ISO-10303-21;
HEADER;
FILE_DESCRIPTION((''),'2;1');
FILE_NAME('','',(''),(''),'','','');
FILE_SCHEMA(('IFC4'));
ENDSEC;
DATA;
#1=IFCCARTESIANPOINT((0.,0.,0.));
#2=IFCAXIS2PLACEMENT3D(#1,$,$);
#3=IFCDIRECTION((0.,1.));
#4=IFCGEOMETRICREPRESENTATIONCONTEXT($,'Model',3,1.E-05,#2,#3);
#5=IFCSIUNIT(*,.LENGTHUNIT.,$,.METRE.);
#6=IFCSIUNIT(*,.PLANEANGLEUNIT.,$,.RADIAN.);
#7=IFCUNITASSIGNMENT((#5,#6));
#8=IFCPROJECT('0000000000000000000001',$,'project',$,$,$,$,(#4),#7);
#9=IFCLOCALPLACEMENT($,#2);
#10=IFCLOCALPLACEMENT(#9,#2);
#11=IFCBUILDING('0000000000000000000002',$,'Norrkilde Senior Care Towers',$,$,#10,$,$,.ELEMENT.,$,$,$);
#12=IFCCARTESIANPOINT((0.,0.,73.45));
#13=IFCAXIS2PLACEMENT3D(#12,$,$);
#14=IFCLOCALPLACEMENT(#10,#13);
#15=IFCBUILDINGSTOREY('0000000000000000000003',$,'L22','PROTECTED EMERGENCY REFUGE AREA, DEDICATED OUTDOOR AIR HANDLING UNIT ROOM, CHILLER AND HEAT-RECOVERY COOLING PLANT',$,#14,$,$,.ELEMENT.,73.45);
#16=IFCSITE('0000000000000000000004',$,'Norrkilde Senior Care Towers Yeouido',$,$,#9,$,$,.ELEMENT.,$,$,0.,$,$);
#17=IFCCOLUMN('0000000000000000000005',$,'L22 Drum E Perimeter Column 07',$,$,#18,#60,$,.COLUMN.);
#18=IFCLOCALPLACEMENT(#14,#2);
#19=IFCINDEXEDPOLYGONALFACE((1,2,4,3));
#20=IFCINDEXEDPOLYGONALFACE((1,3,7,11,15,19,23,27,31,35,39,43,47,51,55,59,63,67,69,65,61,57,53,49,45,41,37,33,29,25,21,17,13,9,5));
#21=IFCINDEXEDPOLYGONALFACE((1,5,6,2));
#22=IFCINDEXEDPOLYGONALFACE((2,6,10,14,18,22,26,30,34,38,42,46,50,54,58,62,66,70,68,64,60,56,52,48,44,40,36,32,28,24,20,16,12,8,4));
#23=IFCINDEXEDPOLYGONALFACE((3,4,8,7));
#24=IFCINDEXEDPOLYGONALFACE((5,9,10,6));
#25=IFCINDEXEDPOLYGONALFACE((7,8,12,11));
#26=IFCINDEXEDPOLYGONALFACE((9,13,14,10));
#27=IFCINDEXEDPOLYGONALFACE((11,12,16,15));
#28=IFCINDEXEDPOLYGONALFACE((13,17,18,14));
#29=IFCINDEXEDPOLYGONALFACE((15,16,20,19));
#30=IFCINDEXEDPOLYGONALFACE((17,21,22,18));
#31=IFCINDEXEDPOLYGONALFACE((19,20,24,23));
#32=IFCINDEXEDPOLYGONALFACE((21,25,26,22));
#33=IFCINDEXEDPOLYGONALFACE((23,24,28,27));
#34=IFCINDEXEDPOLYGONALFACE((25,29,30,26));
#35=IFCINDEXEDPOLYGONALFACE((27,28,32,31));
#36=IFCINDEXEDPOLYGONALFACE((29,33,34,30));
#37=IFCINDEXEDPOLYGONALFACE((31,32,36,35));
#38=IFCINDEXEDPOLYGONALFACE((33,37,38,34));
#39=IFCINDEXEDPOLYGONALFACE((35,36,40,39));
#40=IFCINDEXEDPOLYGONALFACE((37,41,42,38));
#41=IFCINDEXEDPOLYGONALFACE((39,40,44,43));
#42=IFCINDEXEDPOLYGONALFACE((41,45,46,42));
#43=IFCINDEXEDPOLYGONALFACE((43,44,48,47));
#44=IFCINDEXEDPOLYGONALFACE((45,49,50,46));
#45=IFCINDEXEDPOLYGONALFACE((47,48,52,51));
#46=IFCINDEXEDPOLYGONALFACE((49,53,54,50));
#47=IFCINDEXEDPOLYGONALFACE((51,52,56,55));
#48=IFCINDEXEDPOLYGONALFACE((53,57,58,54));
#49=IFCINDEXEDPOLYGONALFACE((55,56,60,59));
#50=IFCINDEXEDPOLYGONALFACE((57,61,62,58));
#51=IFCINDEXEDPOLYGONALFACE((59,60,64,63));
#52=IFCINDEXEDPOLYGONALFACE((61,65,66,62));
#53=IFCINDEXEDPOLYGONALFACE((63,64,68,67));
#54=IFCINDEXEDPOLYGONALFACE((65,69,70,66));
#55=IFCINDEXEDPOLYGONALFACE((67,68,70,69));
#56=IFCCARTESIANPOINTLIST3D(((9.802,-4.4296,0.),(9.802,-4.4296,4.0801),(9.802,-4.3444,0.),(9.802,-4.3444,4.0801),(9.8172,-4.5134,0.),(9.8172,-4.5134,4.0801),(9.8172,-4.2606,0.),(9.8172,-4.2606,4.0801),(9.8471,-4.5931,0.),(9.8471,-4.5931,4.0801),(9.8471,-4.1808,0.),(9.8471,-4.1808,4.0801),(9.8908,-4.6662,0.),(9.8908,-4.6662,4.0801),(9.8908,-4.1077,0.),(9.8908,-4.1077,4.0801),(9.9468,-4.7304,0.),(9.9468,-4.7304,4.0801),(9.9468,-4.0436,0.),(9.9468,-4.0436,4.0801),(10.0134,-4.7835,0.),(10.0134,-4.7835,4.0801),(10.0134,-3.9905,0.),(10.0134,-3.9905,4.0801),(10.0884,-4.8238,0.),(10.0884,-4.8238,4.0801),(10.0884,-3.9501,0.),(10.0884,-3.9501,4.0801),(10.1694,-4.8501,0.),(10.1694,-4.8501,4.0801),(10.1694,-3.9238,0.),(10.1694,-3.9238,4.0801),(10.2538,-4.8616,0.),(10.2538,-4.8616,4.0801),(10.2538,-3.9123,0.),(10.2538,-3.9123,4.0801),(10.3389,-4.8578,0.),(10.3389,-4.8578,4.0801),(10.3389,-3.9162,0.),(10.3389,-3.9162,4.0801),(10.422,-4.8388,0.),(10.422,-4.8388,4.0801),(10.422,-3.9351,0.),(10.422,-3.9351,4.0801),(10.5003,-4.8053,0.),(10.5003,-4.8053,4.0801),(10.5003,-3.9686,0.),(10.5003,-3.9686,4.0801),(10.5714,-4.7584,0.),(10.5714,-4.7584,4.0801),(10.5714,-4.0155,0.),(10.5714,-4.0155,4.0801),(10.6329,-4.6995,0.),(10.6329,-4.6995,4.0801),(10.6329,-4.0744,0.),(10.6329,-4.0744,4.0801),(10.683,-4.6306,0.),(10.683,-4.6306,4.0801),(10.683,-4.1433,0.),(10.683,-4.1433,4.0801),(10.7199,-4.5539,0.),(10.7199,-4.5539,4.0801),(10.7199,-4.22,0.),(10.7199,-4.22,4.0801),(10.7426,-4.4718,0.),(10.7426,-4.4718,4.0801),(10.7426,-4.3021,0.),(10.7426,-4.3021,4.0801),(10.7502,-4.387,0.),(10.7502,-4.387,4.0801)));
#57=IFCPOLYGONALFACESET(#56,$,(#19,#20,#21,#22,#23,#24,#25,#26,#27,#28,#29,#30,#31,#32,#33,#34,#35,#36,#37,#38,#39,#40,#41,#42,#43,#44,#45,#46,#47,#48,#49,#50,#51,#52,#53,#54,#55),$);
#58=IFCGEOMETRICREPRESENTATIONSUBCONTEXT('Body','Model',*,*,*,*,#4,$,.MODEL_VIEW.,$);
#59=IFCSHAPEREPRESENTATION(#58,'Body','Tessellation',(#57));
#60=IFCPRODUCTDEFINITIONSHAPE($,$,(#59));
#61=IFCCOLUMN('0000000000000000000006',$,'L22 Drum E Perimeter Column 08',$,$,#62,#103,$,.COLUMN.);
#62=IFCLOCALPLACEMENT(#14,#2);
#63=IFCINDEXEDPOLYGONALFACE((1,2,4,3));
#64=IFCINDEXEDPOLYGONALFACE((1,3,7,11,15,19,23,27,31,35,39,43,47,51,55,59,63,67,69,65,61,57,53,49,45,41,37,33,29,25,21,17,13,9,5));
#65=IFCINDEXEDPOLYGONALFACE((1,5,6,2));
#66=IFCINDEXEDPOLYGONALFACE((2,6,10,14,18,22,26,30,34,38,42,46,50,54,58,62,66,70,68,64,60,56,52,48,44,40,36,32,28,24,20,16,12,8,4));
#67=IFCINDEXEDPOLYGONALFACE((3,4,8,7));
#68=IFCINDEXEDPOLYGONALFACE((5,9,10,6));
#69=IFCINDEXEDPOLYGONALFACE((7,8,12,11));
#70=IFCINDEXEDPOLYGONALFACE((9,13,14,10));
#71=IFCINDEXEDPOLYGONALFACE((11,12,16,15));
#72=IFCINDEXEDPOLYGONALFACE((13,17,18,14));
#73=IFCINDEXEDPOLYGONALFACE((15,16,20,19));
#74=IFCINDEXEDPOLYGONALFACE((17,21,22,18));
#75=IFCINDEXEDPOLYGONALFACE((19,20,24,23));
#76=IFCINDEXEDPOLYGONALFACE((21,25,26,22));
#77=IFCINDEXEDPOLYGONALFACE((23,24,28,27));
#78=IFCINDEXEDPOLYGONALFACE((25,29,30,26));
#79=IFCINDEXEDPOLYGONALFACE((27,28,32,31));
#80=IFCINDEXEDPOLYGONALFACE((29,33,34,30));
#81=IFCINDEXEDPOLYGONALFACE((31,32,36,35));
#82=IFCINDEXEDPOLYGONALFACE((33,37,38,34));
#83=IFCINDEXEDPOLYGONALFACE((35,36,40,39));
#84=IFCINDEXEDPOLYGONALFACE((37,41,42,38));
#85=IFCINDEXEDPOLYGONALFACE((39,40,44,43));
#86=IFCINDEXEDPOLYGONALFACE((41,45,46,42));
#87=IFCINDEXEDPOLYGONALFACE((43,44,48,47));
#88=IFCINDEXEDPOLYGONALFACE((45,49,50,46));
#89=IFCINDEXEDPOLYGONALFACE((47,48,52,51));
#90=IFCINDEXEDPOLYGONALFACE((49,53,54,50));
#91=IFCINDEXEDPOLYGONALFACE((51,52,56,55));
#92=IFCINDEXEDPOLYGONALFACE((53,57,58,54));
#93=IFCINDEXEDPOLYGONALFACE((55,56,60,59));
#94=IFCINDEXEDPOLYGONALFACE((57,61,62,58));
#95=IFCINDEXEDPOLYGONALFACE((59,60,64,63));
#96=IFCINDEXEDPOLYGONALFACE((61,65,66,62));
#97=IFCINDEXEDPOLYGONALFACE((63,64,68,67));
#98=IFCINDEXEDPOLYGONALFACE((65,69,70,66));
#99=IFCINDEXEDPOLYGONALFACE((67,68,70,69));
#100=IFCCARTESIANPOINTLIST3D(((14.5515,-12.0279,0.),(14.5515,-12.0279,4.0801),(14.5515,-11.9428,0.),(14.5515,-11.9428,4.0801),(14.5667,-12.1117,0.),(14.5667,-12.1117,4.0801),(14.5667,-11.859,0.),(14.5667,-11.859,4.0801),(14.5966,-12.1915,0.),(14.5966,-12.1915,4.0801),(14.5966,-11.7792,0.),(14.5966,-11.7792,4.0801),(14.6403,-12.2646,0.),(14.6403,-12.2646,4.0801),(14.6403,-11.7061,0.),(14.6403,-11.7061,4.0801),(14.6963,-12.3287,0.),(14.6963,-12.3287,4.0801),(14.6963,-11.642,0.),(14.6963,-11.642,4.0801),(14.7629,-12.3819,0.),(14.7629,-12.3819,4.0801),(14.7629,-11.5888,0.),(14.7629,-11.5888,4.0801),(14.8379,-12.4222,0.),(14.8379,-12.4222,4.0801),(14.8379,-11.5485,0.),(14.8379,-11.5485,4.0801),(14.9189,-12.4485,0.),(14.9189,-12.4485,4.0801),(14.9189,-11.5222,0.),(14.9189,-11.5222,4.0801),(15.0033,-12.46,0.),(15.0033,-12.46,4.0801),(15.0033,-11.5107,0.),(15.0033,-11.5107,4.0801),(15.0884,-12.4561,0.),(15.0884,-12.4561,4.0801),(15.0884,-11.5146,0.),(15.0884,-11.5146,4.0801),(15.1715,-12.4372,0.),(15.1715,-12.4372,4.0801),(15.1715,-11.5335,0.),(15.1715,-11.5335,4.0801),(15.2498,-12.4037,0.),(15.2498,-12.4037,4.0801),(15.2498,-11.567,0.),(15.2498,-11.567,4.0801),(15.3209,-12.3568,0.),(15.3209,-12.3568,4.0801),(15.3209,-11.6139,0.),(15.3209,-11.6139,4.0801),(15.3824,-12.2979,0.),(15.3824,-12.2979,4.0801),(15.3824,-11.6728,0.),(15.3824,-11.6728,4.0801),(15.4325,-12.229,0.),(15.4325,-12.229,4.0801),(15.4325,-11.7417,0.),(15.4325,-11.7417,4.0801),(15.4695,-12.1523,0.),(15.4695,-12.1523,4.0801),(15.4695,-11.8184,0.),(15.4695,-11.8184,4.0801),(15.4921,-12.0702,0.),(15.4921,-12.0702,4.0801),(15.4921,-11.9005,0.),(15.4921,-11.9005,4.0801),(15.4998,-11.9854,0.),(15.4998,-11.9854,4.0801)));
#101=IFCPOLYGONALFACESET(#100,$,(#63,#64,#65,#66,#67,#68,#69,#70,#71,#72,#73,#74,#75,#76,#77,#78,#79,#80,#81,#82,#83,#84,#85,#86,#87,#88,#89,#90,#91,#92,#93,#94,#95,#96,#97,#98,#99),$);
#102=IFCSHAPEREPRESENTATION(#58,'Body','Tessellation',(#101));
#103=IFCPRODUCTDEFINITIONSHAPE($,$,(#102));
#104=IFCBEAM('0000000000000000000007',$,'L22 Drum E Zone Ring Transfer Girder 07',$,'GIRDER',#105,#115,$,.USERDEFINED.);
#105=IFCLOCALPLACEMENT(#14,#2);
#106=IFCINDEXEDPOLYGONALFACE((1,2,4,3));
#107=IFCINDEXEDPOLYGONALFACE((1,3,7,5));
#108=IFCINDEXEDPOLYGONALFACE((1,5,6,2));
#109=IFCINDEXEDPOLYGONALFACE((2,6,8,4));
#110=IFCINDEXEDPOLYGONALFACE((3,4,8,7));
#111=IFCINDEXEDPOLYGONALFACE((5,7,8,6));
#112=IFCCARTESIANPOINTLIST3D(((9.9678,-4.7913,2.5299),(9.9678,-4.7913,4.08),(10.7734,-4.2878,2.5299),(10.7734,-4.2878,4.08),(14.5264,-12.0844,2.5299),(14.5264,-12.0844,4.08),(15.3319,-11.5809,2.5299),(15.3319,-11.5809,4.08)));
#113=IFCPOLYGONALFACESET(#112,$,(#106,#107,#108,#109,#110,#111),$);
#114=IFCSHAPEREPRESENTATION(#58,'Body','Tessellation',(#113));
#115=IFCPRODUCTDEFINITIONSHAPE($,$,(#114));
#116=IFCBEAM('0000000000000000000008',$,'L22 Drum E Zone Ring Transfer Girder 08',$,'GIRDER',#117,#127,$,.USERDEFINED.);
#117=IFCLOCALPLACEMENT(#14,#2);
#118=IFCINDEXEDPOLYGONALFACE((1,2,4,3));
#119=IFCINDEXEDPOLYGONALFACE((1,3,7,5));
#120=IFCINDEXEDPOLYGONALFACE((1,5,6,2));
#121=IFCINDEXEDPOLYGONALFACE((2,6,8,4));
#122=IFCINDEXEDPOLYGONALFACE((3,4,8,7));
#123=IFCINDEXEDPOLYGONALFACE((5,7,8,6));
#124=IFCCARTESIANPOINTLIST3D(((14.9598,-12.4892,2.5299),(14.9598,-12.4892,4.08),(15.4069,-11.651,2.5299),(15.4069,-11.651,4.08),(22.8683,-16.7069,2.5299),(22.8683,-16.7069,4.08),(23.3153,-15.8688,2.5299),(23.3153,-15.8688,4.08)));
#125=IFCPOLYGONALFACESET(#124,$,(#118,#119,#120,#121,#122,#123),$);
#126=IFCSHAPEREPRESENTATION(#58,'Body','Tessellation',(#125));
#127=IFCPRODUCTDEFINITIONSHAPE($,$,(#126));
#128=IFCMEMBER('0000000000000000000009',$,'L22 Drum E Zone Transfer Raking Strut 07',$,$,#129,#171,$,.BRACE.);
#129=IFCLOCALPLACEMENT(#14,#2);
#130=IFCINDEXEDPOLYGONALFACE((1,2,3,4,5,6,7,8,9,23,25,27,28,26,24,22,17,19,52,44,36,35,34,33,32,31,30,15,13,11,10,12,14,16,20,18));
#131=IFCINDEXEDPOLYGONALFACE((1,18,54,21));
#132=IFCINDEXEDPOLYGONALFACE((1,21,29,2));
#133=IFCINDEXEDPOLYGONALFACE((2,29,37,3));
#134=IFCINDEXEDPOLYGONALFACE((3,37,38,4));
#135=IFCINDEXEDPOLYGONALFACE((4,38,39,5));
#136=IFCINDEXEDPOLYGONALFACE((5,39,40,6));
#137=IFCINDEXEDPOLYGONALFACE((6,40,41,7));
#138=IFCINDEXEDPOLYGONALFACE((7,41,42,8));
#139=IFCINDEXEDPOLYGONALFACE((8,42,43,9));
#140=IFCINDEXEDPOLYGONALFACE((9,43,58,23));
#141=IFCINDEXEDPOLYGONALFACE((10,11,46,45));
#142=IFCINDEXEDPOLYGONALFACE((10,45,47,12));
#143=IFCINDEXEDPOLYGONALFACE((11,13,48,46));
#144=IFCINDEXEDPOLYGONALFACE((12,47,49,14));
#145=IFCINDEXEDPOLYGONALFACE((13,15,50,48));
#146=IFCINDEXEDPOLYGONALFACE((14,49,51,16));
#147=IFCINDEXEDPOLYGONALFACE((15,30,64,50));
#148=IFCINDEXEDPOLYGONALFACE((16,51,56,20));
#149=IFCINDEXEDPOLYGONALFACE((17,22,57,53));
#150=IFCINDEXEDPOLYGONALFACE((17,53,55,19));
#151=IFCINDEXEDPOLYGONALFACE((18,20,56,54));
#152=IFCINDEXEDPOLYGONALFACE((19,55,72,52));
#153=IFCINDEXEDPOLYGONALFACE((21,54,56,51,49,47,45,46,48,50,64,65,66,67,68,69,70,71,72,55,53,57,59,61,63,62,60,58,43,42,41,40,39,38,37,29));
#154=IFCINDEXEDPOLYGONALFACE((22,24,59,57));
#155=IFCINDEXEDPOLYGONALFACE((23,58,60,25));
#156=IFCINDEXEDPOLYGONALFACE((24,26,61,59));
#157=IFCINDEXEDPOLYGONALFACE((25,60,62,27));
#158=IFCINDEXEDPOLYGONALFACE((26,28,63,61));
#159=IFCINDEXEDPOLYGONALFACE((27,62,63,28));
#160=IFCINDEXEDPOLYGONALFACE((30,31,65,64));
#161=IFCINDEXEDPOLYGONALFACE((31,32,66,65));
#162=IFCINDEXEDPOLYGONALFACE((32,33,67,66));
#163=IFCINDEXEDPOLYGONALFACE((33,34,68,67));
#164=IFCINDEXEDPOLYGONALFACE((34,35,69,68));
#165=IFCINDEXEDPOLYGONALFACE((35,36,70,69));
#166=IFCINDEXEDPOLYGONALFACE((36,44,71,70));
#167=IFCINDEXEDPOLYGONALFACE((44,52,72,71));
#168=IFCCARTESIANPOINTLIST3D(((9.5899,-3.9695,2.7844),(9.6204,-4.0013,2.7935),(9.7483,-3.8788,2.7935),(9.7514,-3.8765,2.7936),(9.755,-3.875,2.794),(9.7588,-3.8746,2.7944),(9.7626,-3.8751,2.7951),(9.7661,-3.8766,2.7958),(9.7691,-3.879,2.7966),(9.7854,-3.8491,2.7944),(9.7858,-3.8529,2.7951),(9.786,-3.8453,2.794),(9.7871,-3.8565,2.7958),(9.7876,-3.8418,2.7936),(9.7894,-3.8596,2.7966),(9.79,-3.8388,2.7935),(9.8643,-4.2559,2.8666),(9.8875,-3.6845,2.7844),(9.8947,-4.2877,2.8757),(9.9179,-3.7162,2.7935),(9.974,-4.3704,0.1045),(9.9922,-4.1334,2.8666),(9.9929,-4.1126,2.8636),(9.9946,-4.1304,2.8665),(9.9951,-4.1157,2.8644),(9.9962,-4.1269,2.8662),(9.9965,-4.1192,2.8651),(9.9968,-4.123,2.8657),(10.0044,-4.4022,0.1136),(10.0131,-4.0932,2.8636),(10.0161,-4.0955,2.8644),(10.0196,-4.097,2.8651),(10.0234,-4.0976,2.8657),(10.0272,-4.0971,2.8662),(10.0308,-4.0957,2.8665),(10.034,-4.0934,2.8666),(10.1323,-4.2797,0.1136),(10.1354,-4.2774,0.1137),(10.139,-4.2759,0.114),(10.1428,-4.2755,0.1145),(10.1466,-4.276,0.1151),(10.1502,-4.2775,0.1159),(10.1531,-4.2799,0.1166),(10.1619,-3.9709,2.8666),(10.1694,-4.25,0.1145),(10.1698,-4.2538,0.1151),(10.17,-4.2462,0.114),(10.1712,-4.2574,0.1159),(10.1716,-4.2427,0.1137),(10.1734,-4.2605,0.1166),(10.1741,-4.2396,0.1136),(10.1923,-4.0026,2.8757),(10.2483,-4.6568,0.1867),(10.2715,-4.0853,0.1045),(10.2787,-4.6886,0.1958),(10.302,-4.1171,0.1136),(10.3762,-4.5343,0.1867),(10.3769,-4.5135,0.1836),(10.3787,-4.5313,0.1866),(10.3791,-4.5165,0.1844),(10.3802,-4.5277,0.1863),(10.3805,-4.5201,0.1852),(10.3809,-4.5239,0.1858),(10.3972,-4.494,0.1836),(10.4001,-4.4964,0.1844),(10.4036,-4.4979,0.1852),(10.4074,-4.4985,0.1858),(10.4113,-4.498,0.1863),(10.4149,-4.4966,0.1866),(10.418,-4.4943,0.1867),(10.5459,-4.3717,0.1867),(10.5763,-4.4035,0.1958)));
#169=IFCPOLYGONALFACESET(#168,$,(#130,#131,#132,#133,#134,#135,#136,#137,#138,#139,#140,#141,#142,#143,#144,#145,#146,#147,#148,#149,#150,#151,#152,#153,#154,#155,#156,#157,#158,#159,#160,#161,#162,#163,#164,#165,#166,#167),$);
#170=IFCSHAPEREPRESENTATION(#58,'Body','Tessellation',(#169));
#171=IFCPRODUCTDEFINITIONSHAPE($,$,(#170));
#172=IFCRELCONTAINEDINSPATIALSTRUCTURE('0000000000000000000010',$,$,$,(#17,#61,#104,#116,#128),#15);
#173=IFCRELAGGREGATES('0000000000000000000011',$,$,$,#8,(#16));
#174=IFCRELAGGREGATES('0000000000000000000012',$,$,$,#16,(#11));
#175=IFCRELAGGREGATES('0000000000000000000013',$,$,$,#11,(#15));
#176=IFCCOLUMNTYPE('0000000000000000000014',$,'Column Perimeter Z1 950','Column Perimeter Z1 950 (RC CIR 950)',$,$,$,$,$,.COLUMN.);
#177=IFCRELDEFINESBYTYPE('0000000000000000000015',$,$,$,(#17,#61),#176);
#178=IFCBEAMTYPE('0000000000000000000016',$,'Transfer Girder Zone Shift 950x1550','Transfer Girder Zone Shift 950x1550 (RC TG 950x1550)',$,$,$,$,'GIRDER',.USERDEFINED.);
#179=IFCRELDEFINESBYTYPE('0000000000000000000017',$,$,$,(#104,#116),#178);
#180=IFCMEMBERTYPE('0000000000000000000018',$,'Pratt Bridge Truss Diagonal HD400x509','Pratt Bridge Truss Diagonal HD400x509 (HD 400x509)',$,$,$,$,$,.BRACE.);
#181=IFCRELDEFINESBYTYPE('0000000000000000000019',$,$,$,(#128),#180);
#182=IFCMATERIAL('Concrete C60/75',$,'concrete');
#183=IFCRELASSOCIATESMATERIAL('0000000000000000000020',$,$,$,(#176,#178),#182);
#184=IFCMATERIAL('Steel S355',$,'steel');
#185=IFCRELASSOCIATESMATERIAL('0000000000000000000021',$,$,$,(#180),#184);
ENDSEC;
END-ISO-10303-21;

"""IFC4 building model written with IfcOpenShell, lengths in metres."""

from ifc_helpers import new_model, si_unit, direction, frame, origin, origin_2d, place, context, subcontext, project, spatial, rectangle, circle, i_section, extrude, source, transform, mapped, material, material_profile, profile_set, type_object, type_shapes, element, save


model = new_model("IFC4")

# Units and contexts
model_context = context("Model", 3, precision=1e-05, world=origin(), true_north=direction((0.0, 1.0)))
body_context = subcontext(model_context, "Body", "Model", "MODEL_VIEW")
ifc_project = project(units=[si_unit("LENGTHUNIT", "METRE"), si_unit("PLANEANGLEUNIT", "RADIAN")], contexts=[model_context])

# Site, building, storey
site_placement = place(None, origin())
site = spatial("IfcSite", under=ifc_project, at=site_placement, Name="Norrkilde Senior Care Towers Yeouido", CompositionType="ELEMENT", RefElevation=0.0)
building_placement = place(site_placement, origin())
building = spatial("IfcBuilding", under=site, at=building_placement, Name="Norrkilde Senior Care Towers", CompositionType="ELEMENT")
storey_placement = place(building_placement, frame((0.0, 0.0, 73.45)))
storey = spatial("IfcBuildingStorey", under=building, at=storey_placement, Name="L22", Description="PROTECTED EMERGENCY REFUGE AREA, DEDICATED OUTDOOR AIR HANDLING UNIT ROOM, CHILLER AND HEAT-RECOVERY COOLING PLANT", CompositionType="ELEMENT", Elevation=73.45)

# Columns
ifc_material_1 = material(Name="Concrete C60/75", Category="concrete")
ifc_material_profile_1 = material_profile(ifc_material_1, circle(Radius=0.4751, at=origin_2d()), Name="RC CIR 950")
ifc_profile_set_1 = profile_set([ifc_material_profile_1], Name="Concrete C60/75")
column_type = type_object("IfcColumnType", Name="Column Perimeter Z1 950", Description="Column Perimeter Z1 950 (RC CIR 950)", PredefinedType="COLUMN", material=ifc_profile_set_1)
shared_shape_1 = source(origin(), body_context, "Body", "SweptSolid", [
    extrude(circle(Radius=0.4751, at=origin_2d()), origin(), (0.0, 0.0, 1.0), 4.0801),
])
type_shapes(column_type, [shared_shape_1])
for number, where, z_axis, x_axis, name in (
    (1, (10.2751, -4.387, 0.0), (0.0, 0.0, 1.0), (1.0, 0.0, 0.0), "L22 Drum E Perimeter Column 07"),
    (2, (15.0247, -11.9854, 0.0), (0.0, 0.0, 1.0), (1.0, 0.0, 0.0), "L22 Drum E Perimeter Column 08"),
):
    element("IfcColumn", number, at=place(storey_placement, frame(where, z_axis=z_axis, x_axis=x_axis)), inside=storey, type_object=column_type, Name=name, PredefinedType="COLUMN", context=body_context, shape_type="MappedRepresentation", body=[
        mapped(shared_shape_1, transform((0.0, 0.0, 0.0), x_axis=(1.0, 0.0, 0.0), y_axis=(0.0, 1.0, 0.0), z_axis=(0.0, 0.0, 1.0), scale=1.0)),
    ])

# Beams
ifc_material_profile_2 = material_profile(ifc_material_1, rectangle(XDim=0.95, YDim=1.55, at=origin_2d()), Name="RC TG 950x1550")
ifc_profile_set_2 = profile_set([ifc_material_profile_2], Name="Concrete C60/75")
beam_type = type_object("IfcBeamType", Name="Transfer Girder Zone Shift 950x1550", Description="Transfer Girder Zone Shift 950x1550 (RC TG 950x1550)", ElementType="GIRDER", PredefinedType="USERDEFINED", material=ifc_profile_set_2)
shared_shape_2 = source(origin(), body_context, "Body", "SweptSolid", [
    extrude(rectangle(XDim=0.95, YDim=1.55, at=origin_2d()), origin(), (0.0, 0.0, 1.0), 8.6006),
])
beam_1_placement = place(storey_placement, frame((10.3706, -4.5396, 3.3049), z_axis=(0.530027, -0.847981, 0.0), x_axis=(0.847981, 0.530027, 0.0)))
element("IfcBeam", 3, at=beam_1_placement, inside=storey, type_object=beam_type, Name="L22 Drum E Zone Ring Transfer Girder 07", ObjectType="GIRDER", PredefinedType="USERDEFINED", context=body_context, shape_type="MappedRepresentation", body=[
    mapped(shared_shape_2, transform((0.0, 0.0, 0.0), x_axis=(1.0, 0.0, 0.0), y_axis=(0.0, 1.0, 0.0), z_axis=(0.0, 0.0, 1.0), scale=1.0)),
])
shared_shape_3 = source(origin(), body_context, "Body", "SweptSolid", [
    extrude(rectangle(XDim=0.95, YDim=1.55, at=origin_2d()), origin(), (0.0, 0.0, 1.0), 8.9629),
])
type_shapes(beam_type, [shared_shape_2, shared_shape_3])
beam_2_placement = place(storey_placement, frame((15.1833, -12.0701, 3.3049), z_axis=(0.882356, -0.470583, 0.0), x_axis=(0.470583, 0.882356, 0.0)))
element("IfcBeam", 4, at=beam_2_placement, inside=storey, type_object=beam_type, Name="L22 Drum E Zone Ring Transfer Girder 08", ObjectType="GIRDER", PredefinedType="USERDEFINED", context=body_context, shape_type="MappedRepresentation", body=[
    mapped(shared_shape_3, transform((0.0, 0.0, 0.0), x_axis=(1.0, 0.0, 0.0), y_axis=(0.0, 1.0, 0.0), z_axis=(0.0, 0.0, 1.0), scale=1.0)),
])

# Member
ifc_material_2 = material(Name="Steel S355", Category="steel")
ifc_material_profile_3 = material_profile(ifc_material_2, i_section(OverallWidth=0.4121, OverallDepth=0.45, WebThickness=0.0281, FlangeThickness=0.0449, FilletRadius=0.0149, at=origin_2d()), Name="HD 400x509")
ifc_profile_set_3 = profile_set([ifc_material_profile_3], Name="Steel S355")
member_type_1 = type_object("IfcMemberType", Name="Pratt Bridge Truss Diagonal HD400x509", Description="Pratt Bridge Truss Diagonal HD400x509 (HD 400x509)", PredefinedType="BRACE", material=ifc_profile_set_3)
shared_shape_4 = source(origin(), body_context, "Body", "SweptSolid", [
    extrude(i_section(OverallWidth=0.4121, OverallDepth=0.45, WebThickness=0.0281, FlangeThickness=0.0449, FilletRadius=0.0149, at=origin_2d()), origin(), (0.0, 0.0, 1.0), 2.7368),
])
member_1_placement = place(storey_placement, frame((10.2751, -4.387, 0.1501), z_axis=(-0.140321, 0.146476, 0.979211), x_axis=(-0.722116, -0.691772, 0.0)))
element("IfcMember", 5, at=member_1_placement, inside=storey, type_object=member_type_1, Name="L22 Drum E Zone Transfer Raking Strut 07", PredefinedType="BRACE", context=body_context, shape_type="MappedRepresentation", body=[
    mapped(shared_shape_4, transform((0.0, 0.0, 0.0), x_axis=(1.0, 0.0, 0.0), y_axis=(0.0, 1.0, 0.0), z_axis=(0.0, 0.0, 1.0), scale=1.0)),
])

save(model, "model.ifc")
